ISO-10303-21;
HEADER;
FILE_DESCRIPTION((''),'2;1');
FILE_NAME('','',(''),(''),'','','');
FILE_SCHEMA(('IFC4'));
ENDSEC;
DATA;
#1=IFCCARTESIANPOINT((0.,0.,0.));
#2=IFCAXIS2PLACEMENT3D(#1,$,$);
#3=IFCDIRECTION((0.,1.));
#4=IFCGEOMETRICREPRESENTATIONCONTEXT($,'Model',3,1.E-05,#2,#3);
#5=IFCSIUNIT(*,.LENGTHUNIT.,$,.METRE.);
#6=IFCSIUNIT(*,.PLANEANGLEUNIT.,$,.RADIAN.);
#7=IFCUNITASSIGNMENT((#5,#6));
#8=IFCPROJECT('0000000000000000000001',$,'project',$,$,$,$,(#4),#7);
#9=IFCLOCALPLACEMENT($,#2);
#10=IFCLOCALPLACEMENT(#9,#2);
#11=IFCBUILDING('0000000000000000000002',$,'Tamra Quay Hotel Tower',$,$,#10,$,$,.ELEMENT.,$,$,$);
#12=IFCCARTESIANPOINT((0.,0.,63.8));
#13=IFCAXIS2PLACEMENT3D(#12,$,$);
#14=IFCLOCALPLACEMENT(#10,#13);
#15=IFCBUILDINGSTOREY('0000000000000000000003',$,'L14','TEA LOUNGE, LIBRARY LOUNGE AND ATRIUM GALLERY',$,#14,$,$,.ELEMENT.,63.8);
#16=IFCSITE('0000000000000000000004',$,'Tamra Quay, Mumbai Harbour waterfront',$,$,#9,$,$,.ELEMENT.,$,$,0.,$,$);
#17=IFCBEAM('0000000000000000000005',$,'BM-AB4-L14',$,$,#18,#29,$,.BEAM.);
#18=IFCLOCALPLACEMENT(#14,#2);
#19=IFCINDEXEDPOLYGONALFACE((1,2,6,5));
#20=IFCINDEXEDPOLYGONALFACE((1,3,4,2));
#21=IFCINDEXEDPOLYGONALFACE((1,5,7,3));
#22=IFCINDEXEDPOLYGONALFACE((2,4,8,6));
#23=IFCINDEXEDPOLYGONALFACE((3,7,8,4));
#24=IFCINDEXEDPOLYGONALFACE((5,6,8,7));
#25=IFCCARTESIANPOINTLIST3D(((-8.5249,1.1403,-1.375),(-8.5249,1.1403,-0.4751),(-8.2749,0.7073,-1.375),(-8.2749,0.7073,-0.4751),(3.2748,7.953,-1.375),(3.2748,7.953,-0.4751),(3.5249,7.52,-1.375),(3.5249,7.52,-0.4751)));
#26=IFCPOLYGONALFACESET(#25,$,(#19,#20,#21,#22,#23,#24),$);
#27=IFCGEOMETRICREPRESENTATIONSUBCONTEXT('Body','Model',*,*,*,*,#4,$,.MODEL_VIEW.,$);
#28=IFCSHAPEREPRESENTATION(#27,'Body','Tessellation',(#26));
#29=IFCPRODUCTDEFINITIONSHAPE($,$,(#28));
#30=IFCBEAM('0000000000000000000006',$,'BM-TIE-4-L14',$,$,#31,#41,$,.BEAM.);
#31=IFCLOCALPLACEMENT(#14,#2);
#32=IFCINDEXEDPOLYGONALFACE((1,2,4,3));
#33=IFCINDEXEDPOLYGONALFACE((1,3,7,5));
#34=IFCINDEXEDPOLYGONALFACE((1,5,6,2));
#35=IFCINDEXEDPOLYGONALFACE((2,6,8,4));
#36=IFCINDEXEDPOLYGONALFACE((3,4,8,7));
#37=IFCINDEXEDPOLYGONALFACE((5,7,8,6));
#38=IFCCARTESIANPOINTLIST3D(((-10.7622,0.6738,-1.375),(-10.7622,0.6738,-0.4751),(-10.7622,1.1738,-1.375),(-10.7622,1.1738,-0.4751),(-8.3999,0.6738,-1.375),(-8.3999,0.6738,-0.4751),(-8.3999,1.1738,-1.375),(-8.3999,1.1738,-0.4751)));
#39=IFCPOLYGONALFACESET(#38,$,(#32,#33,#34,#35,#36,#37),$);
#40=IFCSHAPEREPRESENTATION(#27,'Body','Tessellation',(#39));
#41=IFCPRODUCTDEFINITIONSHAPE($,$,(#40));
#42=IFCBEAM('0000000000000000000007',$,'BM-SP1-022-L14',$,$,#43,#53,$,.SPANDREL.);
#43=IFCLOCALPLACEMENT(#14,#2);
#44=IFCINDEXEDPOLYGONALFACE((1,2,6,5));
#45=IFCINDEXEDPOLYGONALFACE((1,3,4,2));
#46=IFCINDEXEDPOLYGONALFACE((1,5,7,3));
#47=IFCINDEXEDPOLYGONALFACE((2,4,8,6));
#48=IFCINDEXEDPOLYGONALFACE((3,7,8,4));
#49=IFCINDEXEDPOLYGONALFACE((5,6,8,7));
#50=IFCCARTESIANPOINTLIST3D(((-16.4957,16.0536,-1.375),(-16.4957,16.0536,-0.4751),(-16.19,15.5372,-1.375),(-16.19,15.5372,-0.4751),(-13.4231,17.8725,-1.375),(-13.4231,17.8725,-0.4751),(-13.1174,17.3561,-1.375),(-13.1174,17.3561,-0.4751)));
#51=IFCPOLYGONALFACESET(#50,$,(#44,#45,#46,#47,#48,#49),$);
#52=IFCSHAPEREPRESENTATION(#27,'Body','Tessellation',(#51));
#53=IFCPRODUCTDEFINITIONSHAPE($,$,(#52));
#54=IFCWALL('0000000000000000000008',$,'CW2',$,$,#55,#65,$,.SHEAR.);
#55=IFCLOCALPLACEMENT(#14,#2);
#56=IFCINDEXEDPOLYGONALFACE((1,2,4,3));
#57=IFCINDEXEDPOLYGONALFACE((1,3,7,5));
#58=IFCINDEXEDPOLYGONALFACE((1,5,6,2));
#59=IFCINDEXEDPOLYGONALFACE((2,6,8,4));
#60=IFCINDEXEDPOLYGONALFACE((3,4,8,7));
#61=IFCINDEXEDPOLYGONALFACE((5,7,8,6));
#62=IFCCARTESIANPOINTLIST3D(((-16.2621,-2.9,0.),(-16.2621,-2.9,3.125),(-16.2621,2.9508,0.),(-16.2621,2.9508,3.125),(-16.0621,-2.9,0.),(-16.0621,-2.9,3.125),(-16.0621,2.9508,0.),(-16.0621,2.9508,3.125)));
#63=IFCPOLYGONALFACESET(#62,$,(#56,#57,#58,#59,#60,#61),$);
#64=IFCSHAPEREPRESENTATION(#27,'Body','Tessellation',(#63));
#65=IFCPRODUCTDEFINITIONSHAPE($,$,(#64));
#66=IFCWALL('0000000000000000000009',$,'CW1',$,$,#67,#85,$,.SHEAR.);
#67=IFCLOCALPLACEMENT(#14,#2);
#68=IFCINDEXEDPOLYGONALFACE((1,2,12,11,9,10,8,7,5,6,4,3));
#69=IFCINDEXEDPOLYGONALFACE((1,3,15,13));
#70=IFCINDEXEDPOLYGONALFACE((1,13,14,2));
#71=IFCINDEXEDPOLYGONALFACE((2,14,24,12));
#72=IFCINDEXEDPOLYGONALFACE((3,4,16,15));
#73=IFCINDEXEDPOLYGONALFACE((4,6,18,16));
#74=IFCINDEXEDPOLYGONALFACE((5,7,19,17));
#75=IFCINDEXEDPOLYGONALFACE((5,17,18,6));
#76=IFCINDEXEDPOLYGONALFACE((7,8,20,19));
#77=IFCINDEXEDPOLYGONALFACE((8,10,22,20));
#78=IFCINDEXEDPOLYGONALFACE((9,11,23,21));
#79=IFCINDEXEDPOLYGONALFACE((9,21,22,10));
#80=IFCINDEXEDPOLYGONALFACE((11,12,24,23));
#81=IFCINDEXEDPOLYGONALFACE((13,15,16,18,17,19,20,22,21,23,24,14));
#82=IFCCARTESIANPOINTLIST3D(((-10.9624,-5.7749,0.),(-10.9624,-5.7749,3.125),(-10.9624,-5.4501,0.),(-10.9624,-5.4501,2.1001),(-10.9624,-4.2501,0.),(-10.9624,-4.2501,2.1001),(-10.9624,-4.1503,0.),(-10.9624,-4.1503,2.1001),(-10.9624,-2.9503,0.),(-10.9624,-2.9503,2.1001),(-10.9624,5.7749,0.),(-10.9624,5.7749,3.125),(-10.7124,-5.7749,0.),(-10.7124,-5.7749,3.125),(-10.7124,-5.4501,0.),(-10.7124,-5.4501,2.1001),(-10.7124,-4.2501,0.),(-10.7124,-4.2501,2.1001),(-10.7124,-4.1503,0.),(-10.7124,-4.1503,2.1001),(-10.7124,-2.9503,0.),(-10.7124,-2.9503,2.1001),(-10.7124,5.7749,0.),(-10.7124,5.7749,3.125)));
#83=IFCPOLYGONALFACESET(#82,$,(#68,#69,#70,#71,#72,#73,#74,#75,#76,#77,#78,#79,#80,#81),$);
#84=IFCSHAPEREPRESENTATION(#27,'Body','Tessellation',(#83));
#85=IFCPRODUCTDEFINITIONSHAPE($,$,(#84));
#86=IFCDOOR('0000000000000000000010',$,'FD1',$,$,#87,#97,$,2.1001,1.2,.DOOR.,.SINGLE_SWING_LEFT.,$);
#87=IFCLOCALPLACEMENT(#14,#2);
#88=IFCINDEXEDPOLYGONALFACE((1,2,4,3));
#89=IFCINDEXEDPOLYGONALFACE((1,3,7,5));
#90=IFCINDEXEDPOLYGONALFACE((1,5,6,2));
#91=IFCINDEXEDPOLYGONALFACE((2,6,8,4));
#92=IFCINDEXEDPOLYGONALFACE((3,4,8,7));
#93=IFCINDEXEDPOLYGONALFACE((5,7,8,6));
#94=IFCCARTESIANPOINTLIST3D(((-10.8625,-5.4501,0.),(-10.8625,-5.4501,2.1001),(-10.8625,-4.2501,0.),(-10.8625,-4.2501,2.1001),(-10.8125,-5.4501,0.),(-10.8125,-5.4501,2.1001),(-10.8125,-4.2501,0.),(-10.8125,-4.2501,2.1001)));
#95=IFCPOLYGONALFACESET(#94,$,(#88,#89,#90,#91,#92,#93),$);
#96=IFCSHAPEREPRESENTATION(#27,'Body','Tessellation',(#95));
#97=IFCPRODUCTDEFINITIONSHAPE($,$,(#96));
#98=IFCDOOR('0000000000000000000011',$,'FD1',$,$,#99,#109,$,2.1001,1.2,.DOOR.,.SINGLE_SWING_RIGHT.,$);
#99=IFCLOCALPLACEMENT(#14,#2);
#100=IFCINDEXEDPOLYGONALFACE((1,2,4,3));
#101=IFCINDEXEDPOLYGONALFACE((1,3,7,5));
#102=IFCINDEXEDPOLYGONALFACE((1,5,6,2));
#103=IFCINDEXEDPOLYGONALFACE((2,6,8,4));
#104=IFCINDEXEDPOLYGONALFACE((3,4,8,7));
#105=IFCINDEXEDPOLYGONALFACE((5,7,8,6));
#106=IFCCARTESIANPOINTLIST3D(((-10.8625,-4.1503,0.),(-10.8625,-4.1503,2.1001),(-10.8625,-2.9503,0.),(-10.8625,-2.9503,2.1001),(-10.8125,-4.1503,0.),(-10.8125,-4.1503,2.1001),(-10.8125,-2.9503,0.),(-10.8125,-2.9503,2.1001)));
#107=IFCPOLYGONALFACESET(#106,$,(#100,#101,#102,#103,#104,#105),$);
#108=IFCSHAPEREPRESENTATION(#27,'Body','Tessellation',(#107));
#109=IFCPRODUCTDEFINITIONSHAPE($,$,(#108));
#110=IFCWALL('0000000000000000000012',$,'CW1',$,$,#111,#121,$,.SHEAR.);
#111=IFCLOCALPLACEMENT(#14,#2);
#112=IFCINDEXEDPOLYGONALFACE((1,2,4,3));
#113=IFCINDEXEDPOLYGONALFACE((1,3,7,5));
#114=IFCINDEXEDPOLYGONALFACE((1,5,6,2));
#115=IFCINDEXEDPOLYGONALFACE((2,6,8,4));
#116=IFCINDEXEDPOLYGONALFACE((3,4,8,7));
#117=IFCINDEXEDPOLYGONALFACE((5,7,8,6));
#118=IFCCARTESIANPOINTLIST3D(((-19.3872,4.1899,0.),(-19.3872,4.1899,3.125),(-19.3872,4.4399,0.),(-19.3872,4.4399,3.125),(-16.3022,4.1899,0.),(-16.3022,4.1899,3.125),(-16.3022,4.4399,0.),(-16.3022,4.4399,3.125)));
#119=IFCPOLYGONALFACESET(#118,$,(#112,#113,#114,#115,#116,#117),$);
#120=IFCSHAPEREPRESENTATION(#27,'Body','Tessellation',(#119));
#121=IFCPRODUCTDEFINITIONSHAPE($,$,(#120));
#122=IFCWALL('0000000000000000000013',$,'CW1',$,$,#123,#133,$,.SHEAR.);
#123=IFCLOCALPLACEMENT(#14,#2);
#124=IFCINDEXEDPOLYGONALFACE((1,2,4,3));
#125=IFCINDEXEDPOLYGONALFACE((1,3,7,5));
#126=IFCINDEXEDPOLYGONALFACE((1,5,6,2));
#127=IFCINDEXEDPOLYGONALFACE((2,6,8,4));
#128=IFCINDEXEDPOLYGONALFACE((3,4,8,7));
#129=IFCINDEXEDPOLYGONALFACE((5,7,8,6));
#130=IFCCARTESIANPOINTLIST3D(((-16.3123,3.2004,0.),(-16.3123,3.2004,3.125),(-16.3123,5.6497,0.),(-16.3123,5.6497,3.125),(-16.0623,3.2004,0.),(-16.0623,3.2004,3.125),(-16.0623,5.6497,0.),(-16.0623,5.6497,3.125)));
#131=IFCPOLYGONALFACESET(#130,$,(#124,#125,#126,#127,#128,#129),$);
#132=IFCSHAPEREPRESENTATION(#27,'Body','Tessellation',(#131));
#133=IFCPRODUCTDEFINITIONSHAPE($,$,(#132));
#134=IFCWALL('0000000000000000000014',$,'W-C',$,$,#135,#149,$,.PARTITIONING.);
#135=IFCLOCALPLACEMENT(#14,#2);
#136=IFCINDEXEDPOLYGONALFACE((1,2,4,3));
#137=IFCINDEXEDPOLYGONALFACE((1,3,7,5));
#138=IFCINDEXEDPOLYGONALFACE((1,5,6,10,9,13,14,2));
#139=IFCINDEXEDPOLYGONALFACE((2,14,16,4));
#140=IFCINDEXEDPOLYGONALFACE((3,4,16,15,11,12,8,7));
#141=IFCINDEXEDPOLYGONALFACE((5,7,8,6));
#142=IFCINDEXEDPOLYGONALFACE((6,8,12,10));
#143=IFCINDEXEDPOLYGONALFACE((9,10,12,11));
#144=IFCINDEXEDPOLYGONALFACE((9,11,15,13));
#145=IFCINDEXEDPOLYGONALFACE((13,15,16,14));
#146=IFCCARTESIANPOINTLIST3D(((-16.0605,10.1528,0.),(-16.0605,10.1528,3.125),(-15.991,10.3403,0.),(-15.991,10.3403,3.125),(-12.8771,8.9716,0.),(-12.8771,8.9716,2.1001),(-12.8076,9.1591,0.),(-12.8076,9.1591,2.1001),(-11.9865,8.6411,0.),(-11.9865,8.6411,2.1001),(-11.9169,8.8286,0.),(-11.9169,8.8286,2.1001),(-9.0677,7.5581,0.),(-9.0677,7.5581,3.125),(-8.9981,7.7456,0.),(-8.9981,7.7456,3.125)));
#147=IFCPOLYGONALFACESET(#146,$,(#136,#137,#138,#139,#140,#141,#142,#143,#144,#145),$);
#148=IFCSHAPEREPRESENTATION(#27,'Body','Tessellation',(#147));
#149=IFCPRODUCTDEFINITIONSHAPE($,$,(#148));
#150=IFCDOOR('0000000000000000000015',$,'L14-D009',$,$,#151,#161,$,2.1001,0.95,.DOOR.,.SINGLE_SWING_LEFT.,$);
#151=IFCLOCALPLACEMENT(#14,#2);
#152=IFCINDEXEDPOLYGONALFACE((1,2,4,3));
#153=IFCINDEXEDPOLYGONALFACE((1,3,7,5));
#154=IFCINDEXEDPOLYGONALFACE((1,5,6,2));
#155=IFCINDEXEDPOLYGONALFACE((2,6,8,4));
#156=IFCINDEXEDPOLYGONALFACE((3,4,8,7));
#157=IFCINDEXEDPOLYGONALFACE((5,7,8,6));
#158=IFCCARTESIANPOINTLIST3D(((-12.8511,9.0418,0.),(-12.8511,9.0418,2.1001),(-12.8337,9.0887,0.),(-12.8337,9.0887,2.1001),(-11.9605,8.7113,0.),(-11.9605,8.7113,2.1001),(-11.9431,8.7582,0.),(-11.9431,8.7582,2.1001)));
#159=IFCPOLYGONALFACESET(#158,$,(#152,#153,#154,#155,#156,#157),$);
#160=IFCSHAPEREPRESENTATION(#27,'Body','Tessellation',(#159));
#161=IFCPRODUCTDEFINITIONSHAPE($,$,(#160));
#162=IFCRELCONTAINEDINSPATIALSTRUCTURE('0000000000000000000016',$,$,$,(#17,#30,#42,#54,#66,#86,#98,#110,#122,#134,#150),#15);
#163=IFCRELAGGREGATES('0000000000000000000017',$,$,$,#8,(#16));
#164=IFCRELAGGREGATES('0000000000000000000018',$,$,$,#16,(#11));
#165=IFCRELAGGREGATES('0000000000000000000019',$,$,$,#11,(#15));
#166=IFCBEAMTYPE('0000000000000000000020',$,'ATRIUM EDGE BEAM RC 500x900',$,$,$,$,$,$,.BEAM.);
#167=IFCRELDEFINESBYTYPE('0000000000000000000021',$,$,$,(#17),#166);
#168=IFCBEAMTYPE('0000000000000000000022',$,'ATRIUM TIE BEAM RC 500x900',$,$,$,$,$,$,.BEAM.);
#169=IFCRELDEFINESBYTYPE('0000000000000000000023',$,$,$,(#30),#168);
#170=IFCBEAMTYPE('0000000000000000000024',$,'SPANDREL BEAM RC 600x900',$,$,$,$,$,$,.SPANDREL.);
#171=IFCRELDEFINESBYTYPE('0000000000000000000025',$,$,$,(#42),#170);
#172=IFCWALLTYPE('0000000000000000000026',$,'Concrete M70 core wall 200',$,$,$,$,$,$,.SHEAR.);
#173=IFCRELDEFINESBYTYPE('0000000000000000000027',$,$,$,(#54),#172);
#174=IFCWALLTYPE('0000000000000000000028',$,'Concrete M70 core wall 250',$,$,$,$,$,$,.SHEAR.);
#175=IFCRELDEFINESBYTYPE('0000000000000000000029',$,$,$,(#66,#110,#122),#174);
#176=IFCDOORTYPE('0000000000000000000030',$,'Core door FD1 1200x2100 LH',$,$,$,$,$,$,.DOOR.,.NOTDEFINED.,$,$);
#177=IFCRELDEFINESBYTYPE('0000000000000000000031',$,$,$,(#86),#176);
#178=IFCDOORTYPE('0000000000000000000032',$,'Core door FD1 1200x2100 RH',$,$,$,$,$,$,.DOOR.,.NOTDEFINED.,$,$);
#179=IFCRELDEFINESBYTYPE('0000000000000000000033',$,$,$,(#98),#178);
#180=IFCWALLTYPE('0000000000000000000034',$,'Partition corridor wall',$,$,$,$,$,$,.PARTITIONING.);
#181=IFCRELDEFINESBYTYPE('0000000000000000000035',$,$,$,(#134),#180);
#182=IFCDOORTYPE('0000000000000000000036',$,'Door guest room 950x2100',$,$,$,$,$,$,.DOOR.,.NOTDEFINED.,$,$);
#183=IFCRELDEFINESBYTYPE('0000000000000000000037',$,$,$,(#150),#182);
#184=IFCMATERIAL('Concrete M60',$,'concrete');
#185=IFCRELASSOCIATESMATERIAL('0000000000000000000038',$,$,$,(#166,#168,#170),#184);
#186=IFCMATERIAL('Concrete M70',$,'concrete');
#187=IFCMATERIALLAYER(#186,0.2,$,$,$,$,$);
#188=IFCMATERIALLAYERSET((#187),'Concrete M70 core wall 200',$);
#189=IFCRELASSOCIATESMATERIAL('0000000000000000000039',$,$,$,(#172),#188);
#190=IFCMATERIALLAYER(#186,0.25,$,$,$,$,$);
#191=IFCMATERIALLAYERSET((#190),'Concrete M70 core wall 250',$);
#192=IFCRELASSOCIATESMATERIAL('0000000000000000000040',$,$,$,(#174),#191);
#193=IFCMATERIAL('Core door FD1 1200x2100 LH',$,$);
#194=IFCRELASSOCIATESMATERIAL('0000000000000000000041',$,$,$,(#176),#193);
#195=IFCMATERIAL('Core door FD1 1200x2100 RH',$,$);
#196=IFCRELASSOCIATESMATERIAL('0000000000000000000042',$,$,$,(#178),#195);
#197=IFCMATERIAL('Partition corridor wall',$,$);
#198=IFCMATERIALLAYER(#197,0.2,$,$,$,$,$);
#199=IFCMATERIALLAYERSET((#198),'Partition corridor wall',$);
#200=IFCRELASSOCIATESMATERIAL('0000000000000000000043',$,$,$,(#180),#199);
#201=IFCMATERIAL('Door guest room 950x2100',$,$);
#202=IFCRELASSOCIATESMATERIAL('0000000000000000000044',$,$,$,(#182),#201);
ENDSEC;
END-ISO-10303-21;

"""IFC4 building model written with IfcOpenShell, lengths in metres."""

from ifc_helpers import new_model, si_unit, direction, frame, frame_2d, origin, origin_2d, place, context, subcontext, project, spatial, rectangle, extrude, material, layer, layer_set, material_profile, profile_set, type_object, element, fill, save


model = new_model("IFC4")

# Units and contexts
model_context = context("Model", 3, precision=1e-05, world=origin(), true_north=direction((0.0, 1.0)))
body_context = subcontext(model_context, "Body", "Model", "MODEL_VIEW")
ifc_project = project(units=[si_unit("LENGTHUNIT", "METRE"), si_unit("PLANEANGLEUNIT", "RADIAN")], contexts=[model_context])

# Site, building, storey
site_placement = place(None, origin())
site = spatial("IfcSite", under=ifc_project, at=site_placement, Name="Tamra Quay, Mumbai Harbour waterfront", CompositionType="ELEMENT", RefElevation=0.0)
building_placement = place(site_placement, origin())
building = spatial("IfcBuilding", under=site, at=building_placement, Name="Tamra Quay Hotel Tower", CompositionType="ELEMENT")
storey_placement = place(building_placement, frame((0.0, 0.0, 63.8)))
storey = spatial("IfcBuildingStorey", under=building, at=storey_placement, Name="L14", Description="TEA LOUNGE, LIBRARY LOUNGE AND ATRIUM GALLERY", CompositionType="ELEMENT", Elevation=63.8)

# Beams
ifc_material_1 = material(Name="Concrete M60", Category="concrete")
ifc_material_profile_1 = material_profile(ifc_material_1, rectangle(XDim=0.5, YDim=0.8999, at=origin_2d()), Name="ATRIUM EDGE BEAM RC 500x900")
ifc_profile_set_1 = profile_set([ifc_material_profile_1], Name="Concrete M60")
beam_type_1 = type_object("IfcBeamType", Name="ATRIUM EDGE BEAM RC 500x900", PredefinedType="BEAM", material=ifc_profile_set_1)
beam_1_placement = place(storey_placement, frame((-8.3999, 0.9238, -0.925), z_axis=(0.866021, 0.500007, 0.0), x_axis=(-0.500007, 0.866021, 0.0)))
element("IfcBeam", 1, at=beam_1_placement, inside=storey, type_object=beam_type_1, Name="BM-AB4-L14", PredefinedType="BEAM", context=body_context, shape_type="SweptSolid", body=[
    extrude(rectangle(XDim=0.5, YDim=0.8999, at=origin_2d()), origin(), (0.0, 0.0, 1.0), 13.6252),
])
ifc_material_profile_2 = material_profile(ifc_material_1, rectangle(XDim=0.5, YDim=0.8999, at=origin_2d()), Name="ATRIUM TIE BEAM RC 500x900")
ifc_profile_set_2 = profile_set([ifc_material_profile_2], Name="Concrete M60")
beam_type_2 = type_object("IfcBeamType", Name="ATRIUM TIE BEAM RC 500x900", PredefinedType="BEAM", material=ifc_profile_set_2)
beam_2_placement = place(storey_placement, frame((-8.3999, 0.9238, -0.925), z_axis=(-1.0, 0.0, 0.0), x_axis=(0.0, -1.0, 0.0)))
element("IfcBeam", 2, at=beam_2_placement, inside=storey, type_object=beam_type_2, Name="BM-TIE-4-L14", PredefinedType="BEAM", context=body_context, shape_type="SweptSolid", body=[
    extrude(rectangle(XDim=0.5, YDim=0.8999, at=origin_2d()), origin(), (0.0, 0.0, 1.0), 2.3623),
])
ifc_material_profile_3 = material_profile(ifc_material_1, rectangle(XDim=0.6001, YDim=0.8999, at=origin_2d()), Name="SPANDREL BEAM RC 600x900")
ifc_profile_set_3 = profile_set([ifc_material_profile_3], Name="Concrete M60")
beam_type_3 = type_object("IfcBeamType", Name="SPANDREL BEAM RC 600x900", PredefinedType="SPANDREL", material=ifc_profile_set_3)
beam_3_placement = place(storey_placement, frame((-13.2703, 17.6143, -0.925), z_axis=(-0.860525, -0.509409, 0.0), x_axis=(0.509409, -0.860525, 0.0)))
element("IfcBeam", 3, at=beam_3_placement, inside=storey, type_object=beam_type_3, Name="BM-SP1-022-L14", PredefinedType="SPANDREL", context=body_context, shape_type="SweptSolid", body=[
    extrude(rectangle(XDim=0.6001, YDim=0.8999, at=origin_2d()), origin(), (0.0, 0.0, 1.0), 3.5706),
])

# Wall
ifc_material_2 = material(Name="Concrete M70", Category="concrete")
ifc_layer_1 = layer(ifc_material_2, 0.2)
ifc_layer_set_1 = layer_set([ifc_layer_1], Name="Concrete M70 core wall 200")
wall_type_1 = type_object("IfcWallType", Name="Concrete M70 core wall 200", PredefinedType="SHEAR", material=ifc_layer_set_1)
wall_1_placement = place(storey_placement, frame((-16.1621, 2.9507, 0.0), z_axis=(0.0, 0.0, 1.0), x_axis=(0.0, -1.0, 0.0)))
element("IfcWall", 4, at=wall_1_placement, inside=storey, type_object=wall_type_1, Name="CW2", PredefinedType="SHEAR", context=body_context, shape_type="SweptSolid", body=[
    extrude(rectangle(XDim=5.8508, YDim=0.2, at=frame_2d((2.9253, 0.0))), origin(), (0.0, 0.0, 1.0), 3.125),
])

# Wall, openings, doors
ifc_layer_2 = layer(ifc_material_2, 0.25)
ifc_layer_set_2 = layer_set([ifc_layer_2], Name="Concrete M70 core wall 250")
wall_type_2 = type_object("IfcWallType", Name="Concrete M70 core wall 250", PredefinedType="SHEAR", material=ifc_layer_set_2)
wall_2_placement = place(storey_placement, frame((-10.8374, 5.7749, 0.0), z_axis=(0.0, 0.0, 1.0), x_axis=(0.0, -1.0, 0.0)))
wall_2 = element("IfcWall", 5, at=wall_2_placement, inside=storey, type_object=wall_type_2, Name="CW1", PredefinedType="SHEAR", context=body_context, shape_type="SweptSolid", body=[
    extrude(rectangle(XDim=11.5498, YDim=0.25, at=frame_2d((5.7749, 0.0))), origin(), (0.0, 0.0, 1.0), 3.125),
])
opening_1_placement = place(wall_2_placement, frame((10.0249, 0.0, 0.0)))
opening_1 = element("IfcOpeningElement", 6, at=opening_1_placement, cuts=wall_2, PredefinedType="OPENING", context=body_context, shape_type="SweptSolid", body=[
    extrude(rectangle(XDim=1.2, YDim=2.1001, at=frame_2d((0.6001, 1.05))), frame((0.0, 0.135, 0.0), z_axis=(0.0, -1.0, 0.0), x_axis=(1.0, 0.0, 0.0)), (0.0, 0.0, 1.0), 0.27),
])
opening_2_placement = place(wall_2_placement, frame((8.7251, 0.0, 0.0)))
opening_2 = element("IfcOpeningElement", 7, at=opening_2_placement, cuts=wall_2, PredefinedType="OPENING", context=body_context, shape_type="SweptSolid", body=[
    extrude(rectangle(XDim=1.2, YDim=2.1001, at=frame_2d((0.6001, 1.05))), frame((0.0, 0.135, 0.0), z_axis=(0.0, -1.0, 0.0), x_axis=(1.0, 0.0, 0.0)), (0.0, 0.0, 1.0), 0.27),
])
ifc_material_3 = material(Name="Core door FD1 1200x2100 LH")
door_type_1 = type_object("IfcDoorType", Name="Core door FD1 1200x2100 LH", OperationType="NOTDEFINED", PredefinedType="DOOR", material=ifc_material_3)
door_1_placement = place(opening_1_placement, origin())
door_1 = element("IfcDoor", 8, at=door_1_placement, inside=storey, type_object=door_type_1, Name="FD1", OperationType="SINGLE_SWING_LEFT", OverallHeight=2.1001, OverallWidth=1.2, PredefinedType="DOOR", context=body_context, shape_type="SweptSolid", body=[
    extrude(rectangle(XDim=1.2, YDim=2.1001, at=frame_2d((0.6001, 1.05))), frame((0.0, 0.0249, 0.0), z_axis=(0.0, -1.0, 0.0), x_axis=(1.0, 0.0, 0.0)), (0.0, 0.0, 1.0), 0.05),
])
fill(opening_1, door_1)
ifc_material_4 = material(Name="Core door FD1 1200x2100 RH")
door_type_2 = type_object("IfcDoorType", Name="Core door FD1 1200x2100 RH", OperationType="NOTDEFINED", PredefinedType="DOOR", material=ifc_material_4)
door_2_placement = place(opening_2_placement, origin())
door_2 = element("IfcDoor", 9, at=door_2_placement, inside=storey, type_object=door_type_2, Name="FD1", OperationType="SINGLE_SWING_RIGHT", OverallHeight=2.1001, OverallWidth=1.2, PredefinedType="DOOR", context=body_context, shape_type="SweptSolid", body=[
    extrude(rectangle(XDim=1.2, YDim=2.1001, at=frame_2d((0.6001, 1.05))), frame((0.0, 0.0249, 0.0), z_axis=(0.0, -1.0, 0.0), x_axis=(1.0, 0.0, 0.0)), (0.0, 0.0, 1.0), 0.05),
])
fill(opening_2, door_2)

# Walls
wall_3_placement = place(storey_placement, frame((-16.3022, 4.3149, 0.0), z_axis=(0.0, 0.0, 1.0), x_axis=(-1.0, 0.0, 0.0)))
element("IfcWall", 10, at=wall_3_placement, inside=storey, type_object=wall_type_2, Name="CW1", PredefinedType="SHEAR", context=body_context, shape_type="SweptSolid", body=[
    extrude(rectangle(XDim=3.085, YDim=0.25, at=frame_2d((1.5425, 0.0))), origin(), (0.0, 0.0, 1.0), 3.125),
])
wall_4_placement = place(storey_placement, frame((-16.1873, 3.2004, 0.0), z_axis=(0.0, 0.0, 1.0), x_axis=(0.0, 1.0, 0.0)))
element("IfcWall", 11, at=wall_4_placement, inside=storey, type_object=wall_type_2, Name="CW1", PredefinedType="SHEAR", context=body_context, shape_type="SweptSolid", body=[
    extrude(rectangle(XDim=2.4492, YDim=0.25, at=frame_2d((1.2246, 0.0))), origin(), (0.0, 0.0, 1.0), 3.125),
])

# Wall, opening, door
ifc_material_5 = material(Name="Partition corridor wall")
ifc_layer_3 = layer(ifc_material_5, 0.2)
ifc_layer_set_3 = layer_set([ifc_layer_3], Name="Partition corridor wall")
wall_type_3 = type_object("IfcWallType", Name="Partition corridor wall", PredefinedType="PARTITIONING", material=ifc_layer_set_3)
wall_5_placement = place(storey_placement, frame((-16.0259, 10.2466, 0.0), z_axis=(0.0, 0.0, 1.0), x_axis=(0.937541, -0.347875, 0.0)))
wall_5 = element("IfcWall", 12, at=wall_5_placement, inside=storey, type_object=wall_type_3, Name="W-C", PredefinedType="PARTITIONING", context=body_context, shape_type="SweptSolid", body=[
    extrude(rectangle(XDim=7.4587, YDim=0.2, at=frame_2d((3.7295, 0.0))), origin(), (0.0, 0.0, 1.0), 3.125),
])
opening_3_placement = place(wall_5_placement, frame((3.3955, 0.0, 0.0)))
opening_3 = element("IfcOpeningElement", 13, at=opening_3_placement, cuts=wall_5, PredefinedType="OPENING", context=body_context, shape_type="SweptSolid", body=[
    extrude(rectangle(XDim=0.95, YDim=2.1001, at=frame_2d((0.4751, 1.05))), frame((0.0, 0.1099, 0.0), z_axis=(0.0, -1.0, 0.0), x_axis=(1.0, 0.0, 0.0)), (0.0, 0.0, 1.0), 0.22),
])
ifc_material_6 = material(Name="Door guest room 950x2100")
door_type_3 = type_object("IfcDoorType", Name="Door guest room 950x2100", OperationType="NOTDEFINED", PredefinedType="DOOR", material=ifc_material_6)
door_3_placement = place(opening_3_placement, origin())
door_3 = element("IfcDoor", 14, at=door_3_placement, inside=storey, type_object=door_type_3, Name="L14-D009", OperationType="SINGLE_SWING_LEFT", OverallHeight=2.1001, OverallWidth=0.95, PredefinedType="DOOR", context=body_context, shape_type="SweptSolid", body=[
    extrude(rectangle(XDim=0.95, YDim=2.1001, at=frame_2d((0.4751, 1.05))), frame((0.0, 0.0249, 0.0), z_axis=(0.0, -1.0, 0.0), x_axis=(1.0, 0.0, 0.0)), (0.0, 0.0, 1.0), 0.05),
])
fill(opening_3, door_3)

save(model, "model.ifc")
